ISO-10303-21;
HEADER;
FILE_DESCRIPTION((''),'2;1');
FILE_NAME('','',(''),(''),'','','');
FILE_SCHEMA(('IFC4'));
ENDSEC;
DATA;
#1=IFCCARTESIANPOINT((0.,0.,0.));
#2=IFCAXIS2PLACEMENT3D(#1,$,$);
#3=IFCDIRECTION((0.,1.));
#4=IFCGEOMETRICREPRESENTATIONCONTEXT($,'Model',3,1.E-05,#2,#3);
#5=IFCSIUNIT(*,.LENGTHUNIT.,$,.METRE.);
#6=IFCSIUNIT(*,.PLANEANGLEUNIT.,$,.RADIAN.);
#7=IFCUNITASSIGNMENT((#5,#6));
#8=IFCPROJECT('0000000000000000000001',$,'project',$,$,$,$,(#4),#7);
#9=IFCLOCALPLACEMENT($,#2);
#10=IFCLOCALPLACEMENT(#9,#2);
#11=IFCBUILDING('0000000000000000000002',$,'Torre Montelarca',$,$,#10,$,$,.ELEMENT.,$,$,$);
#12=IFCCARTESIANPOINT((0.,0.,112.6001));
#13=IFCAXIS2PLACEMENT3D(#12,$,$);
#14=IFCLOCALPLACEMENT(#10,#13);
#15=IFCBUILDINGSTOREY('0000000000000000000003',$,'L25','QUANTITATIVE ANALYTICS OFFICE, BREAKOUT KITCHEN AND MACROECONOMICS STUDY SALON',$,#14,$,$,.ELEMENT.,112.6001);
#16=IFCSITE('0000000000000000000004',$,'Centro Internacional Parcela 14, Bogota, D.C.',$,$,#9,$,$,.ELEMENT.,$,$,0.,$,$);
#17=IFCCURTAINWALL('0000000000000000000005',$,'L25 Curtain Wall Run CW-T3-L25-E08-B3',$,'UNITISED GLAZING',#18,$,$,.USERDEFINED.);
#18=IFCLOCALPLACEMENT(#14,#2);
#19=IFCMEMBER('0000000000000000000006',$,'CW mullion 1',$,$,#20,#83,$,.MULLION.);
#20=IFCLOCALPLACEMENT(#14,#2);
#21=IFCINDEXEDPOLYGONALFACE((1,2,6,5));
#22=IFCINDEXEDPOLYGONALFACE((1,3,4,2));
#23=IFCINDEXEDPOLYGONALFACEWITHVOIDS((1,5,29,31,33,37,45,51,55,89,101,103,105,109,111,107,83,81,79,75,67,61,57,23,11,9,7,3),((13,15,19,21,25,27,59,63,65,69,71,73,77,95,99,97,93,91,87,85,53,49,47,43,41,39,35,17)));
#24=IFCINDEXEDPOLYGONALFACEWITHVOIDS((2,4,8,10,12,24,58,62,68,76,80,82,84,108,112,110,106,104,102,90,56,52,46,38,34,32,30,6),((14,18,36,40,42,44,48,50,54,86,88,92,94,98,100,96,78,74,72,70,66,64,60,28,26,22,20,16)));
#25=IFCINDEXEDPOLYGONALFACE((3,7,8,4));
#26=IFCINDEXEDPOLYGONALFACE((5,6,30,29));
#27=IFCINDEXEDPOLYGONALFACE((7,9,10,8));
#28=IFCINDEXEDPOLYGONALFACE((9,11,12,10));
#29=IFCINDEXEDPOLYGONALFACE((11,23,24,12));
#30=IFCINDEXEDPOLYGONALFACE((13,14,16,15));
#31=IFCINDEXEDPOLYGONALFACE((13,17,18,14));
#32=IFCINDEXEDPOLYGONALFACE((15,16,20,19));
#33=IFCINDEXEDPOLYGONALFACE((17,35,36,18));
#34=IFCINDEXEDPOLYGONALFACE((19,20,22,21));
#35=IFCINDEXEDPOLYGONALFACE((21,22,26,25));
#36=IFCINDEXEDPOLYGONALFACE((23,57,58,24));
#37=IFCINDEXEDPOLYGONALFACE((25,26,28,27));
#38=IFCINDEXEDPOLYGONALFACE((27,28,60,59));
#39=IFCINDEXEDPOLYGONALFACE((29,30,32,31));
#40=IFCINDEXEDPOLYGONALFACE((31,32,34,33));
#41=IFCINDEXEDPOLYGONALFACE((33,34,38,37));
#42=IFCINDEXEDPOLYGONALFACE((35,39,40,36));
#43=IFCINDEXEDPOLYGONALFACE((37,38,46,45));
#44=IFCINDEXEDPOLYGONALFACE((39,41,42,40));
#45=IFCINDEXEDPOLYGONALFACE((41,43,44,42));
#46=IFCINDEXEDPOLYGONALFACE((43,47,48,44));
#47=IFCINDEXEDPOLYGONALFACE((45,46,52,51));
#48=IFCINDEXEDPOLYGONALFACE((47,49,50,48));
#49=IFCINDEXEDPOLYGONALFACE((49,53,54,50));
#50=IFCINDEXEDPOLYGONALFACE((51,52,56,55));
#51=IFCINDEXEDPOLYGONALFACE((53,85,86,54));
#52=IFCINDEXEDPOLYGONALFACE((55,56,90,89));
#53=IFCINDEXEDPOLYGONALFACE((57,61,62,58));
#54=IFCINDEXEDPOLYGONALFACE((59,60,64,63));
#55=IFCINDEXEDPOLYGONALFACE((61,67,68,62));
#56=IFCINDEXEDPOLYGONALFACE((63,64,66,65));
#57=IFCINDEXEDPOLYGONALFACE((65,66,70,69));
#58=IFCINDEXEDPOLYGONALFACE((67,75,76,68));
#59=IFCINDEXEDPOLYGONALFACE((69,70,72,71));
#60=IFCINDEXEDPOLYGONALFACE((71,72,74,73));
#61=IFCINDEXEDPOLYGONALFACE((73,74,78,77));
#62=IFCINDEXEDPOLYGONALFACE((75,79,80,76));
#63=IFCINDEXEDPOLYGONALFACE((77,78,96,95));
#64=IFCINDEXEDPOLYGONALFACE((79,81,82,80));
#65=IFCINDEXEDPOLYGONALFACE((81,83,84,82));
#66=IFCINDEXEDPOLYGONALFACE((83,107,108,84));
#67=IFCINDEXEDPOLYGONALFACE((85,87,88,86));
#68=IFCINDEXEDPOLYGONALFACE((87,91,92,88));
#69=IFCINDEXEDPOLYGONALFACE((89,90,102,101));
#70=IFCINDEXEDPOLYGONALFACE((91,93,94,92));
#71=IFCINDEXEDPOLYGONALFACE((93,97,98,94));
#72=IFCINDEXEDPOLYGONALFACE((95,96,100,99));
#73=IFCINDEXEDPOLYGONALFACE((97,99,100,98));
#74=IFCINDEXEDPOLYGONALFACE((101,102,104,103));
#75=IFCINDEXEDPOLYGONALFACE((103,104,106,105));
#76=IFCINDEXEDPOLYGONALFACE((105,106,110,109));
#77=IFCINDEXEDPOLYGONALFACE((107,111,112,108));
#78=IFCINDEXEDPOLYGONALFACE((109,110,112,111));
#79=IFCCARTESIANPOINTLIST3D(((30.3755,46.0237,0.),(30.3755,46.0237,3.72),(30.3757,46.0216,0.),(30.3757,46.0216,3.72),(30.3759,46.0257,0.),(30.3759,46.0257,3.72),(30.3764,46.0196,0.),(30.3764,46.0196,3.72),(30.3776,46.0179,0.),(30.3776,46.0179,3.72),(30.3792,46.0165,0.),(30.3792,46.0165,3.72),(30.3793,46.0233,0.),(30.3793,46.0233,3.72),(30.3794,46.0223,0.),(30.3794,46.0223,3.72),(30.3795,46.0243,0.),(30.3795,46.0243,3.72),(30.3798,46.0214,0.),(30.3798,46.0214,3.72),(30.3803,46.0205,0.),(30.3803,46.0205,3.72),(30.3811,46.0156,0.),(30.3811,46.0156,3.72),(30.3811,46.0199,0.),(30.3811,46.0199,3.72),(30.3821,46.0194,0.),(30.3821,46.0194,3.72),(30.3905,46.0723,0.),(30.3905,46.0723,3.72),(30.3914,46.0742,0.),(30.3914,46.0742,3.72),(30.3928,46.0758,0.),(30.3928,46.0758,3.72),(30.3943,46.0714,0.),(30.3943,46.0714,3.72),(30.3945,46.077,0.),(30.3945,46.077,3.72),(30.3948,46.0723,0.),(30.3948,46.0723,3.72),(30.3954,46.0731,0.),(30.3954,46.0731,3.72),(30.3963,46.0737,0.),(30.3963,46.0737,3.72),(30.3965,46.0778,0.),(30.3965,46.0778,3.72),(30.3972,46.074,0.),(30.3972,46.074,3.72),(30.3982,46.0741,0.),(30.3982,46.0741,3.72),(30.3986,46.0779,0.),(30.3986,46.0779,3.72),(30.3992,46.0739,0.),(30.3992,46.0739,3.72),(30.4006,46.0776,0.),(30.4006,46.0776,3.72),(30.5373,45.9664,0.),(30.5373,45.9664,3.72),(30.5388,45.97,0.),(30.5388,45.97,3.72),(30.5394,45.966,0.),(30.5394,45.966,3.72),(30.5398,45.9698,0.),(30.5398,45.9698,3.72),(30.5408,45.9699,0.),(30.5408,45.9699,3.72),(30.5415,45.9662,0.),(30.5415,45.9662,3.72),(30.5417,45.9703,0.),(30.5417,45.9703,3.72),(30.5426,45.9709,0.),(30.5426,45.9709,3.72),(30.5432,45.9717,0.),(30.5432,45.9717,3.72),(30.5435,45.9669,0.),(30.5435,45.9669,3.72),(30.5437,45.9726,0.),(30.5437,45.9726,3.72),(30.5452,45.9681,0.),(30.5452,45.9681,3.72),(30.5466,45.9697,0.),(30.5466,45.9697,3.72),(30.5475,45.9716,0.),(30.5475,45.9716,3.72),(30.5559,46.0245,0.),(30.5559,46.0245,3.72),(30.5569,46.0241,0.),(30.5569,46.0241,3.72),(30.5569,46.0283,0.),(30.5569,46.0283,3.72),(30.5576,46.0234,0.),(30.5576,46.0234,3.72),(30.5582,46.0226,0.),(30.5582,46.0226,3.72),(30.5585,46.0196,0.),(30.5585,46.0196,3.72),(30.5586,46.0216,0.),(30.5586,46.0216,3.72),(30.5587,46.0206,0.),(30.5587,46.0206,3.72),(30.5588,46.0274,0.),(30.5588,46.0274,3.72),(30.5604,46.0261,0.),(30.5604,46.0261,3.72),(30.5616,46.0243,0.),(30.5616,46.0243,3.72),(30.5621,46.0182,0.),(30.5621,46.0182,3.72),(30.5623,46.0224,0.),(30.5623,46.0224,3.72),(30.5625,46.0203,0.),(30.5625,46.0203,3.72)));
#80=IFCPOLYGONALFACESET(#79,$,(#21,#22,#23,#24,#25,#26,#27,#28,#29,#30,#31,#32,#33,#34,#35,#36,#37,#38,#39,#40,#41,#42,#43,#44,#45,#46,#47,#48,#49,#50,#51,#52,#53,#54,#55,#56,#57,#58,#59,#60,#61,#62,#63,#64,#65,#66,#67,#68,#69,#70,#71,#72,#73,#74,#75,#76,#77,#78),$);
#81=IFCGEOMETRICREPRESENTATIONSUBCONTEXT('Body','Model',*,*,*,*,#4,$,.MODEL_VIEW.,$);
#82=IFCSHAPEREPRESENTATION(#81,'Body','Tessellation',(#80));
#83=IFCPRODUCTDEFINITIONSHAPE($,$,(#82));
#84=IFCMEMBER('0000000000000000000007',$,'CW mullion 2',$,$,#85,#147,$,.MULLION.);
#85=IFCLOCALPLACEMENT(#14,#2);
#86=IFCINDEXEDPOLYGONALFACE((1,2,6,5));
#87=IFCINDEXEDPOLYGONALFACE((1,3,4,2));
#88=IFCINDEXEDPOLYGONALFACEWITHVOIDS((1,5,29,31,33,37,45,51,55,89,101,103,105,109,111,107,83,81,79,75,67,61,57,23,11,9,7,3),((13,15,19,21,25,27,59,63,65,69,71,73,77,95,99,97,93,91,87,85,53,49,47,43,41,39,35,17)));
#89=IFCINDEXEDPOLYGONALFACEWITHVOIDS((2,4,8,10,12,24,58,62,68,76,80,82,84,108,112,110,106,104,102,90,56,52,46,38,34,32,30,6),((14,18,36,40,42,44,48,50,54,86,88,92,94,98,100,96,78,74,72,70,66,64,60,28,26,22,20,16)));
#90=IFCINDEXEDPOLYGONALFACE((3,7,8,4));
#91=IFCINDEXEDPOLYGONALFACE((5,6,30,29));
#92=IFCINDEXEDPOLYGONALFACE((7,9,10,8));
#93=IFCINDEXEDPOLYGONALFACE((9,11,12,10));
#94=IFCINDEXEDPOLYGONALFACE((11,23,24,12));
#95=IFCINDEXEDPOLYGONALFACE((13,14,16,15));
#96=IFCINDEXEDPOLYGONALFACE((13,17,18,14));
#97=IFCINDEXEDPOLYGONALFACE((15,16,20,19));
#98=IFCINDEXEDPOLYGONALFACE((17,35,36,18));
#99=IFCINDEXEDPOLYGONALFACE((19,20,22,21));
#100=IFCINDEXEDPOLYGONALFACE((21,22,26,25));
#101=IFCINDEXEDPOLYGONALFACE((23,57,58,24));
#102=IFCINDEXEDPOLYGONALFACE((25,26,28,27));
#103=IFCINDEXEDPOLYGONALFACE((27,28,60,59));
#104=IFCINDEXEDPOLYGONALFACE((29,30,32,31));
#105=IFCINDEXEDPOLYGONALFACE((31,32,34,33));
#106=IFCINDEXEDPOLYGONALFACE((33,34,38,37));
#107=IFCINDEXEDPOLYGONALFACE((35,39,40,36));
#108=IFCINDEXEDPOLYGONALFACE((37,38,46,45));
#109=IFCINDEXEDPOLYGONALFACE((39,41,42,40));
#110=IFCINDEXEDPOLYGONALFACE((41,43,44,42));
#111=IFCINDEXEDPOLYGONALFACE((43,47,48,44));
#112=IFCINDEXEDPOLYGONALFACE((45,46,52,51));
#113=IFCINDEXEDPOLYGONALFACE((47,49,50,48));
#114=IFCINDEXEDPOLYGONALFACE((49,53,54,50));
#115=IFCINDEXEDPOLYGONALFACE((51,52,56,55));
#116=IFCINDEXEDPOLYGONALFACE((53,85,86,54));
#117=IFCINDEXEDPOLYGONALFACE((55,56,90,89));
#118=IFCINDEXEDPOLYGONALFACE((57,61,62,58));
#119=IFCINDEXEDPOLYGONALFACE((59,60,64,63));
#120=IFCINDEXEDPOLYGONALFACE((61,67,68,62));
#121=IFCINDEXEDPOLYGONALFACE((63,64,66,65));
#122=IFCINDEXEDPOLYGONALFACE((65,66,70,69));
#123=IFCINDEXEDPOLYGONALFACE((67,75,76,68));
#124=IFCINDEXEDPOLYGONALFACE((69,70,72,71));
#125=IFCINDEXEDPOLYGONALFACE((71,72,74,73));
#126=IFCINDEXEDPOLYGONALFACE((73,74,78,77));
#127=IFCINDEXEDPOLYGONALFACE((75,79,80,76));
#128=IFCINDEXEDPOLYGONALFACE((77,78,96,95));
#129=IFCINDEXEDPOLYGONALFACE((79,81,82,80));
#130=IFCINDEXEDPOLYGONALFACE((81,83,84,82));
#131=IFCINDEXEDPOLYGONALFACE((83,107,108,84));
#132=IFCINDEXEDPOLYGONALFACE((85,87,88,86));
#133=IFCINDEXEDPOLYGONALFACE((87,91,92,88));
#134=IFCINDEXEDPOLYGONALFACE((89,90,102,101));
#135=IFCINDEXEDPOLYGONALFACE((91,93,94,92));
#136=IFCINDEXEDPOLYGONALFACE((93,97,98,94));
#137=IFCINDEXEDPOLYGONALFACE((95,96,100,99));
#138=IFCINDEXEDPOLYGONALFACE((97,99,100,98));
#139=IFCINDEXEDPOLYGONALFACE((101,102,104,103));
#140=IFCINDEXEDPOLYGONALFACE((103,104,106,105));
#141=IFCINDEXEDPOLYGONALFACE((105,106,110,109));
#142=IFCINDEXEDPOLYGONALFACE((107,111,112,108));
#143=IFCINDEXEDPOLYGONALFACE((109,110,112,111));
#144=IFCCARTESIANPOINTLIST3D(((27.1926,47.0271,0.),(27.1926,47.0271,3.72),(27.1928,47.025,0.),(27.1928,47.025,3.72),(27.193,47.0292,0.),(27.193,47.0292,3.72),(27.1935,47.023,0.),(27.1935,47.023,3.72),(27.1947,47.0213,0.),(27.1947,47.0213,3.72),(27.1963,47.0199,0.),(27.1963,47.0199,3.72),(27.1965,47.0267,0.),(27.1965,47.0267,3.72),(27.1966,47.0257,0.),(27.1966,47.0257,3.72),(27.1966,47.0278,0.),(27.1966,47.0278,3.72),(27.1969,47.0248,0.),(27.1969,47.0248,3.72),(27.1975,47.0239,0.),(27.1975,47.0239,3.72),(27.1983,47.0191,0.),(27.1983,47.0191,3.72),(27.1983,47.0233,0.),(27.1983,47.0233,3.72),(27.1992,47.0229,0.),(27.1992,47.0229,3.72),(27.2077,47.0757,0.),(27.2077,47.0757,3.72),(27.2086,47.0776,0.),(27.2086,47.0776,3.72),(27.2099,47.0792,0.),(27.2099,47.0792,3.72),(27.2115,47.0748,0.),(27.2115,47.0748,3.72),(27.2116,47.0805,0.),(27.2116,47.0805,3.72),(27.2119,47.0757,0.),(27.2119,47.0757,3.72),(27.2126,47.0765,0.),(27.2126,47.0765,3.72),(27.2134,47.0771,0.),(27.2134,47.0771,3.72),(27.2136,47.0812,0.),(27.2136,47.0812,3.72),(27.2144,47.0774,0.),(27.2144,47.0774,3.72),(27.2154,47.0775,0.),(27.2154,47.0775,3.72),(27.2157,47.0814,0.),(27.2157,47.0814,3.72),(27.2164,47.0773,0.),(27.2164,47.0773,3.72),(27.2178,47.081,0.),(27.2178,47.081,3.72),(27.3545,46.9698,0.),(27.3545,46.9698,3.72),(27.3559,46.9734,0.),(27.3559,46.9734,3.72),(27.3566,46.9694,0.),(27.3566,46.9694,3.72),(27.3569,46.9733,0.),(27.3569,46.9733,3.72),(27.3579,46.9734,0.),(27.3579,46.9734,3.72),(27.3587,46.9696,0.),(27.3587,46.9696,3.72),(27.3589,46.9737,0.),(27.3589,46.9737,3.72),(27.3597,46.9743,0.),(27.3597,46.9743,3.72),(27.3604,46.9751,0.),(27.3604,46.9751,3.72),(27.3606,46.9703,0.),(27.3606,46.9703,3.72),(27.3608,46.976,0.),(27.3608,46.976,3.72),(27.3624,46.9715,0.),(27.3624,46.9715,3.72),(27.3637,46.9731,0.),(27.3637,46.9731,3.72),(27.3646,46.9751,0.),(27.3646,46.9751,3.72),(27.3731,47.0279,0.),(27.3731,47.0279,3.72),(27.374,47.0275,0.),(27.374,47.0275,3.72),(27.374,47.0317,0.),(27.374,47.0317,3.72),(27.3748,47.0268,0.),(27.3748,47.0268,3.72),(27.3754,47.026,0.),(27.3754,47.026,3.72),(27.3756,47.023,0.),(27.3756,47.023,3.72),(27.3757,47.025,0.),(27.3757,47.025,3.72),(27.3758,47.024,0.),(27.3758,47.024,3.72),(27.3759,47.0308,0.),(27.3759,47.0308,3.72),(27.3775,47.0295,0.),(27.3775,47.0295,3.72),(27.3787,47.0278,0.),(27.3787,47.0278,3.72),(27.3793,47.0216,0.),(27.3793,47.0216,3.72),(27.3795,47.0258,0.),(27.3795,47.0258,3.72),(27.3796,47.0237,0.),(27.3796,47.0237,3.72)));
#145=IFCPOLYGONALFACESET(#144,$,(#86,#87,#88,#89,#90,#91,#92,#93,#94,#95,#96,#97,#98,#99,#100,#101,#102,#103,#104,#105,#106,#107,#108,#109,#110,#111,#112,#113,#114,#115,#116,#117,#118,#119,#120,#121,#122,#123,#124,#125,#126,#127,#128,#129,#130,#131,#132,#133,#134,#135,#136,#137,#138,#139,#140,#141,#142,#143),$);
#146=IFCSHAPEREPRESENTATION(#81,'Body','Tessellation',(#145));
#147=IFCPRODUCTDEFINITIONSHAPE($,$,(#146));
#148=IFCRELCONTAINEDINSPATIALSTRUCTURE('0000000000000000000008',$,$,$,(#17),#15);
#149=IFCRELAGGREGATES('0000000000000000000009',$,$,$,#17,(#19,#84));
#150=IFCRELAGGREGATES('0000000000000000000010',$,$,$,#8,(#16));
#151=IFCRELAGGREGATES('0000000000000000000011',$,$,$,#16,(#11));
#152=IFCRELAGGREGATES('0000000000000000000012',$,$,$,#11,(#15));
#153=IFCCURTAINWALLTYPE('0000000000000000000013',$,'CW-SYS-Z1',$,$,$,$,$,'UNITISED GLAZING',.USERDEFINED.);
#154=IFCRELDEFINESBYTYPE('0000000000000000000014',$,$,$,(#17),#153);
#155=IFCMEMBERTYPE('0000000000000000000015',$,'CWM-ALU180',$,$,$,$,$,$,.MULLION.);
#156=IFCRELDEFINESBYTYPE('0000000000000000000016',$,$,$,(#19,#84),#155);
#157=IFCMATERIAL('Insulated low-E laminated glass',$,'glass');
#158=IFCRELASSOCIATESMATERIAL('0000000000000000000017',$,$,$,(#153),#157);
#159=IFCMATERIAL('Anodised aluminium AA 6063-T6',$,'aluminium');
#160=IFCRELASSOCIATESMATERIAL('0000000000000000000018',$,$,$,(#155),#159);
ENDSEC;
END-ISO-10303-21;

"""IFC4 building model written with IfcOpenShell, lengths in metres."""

from ifc_helpers import new_model, si_unit, direction, frame, origin, origin_2d, place, context, subcontext, project, spatial, hollow_rectangle, extrude, source, transform, mapped, material, material_profile, profile_set, type_object, element, aggregate, save


model = new_model("IFC4")

# Units and contexts
model_context = context("Model", 3, precision=1e-05, world=origin(), true_north=direction((0.0, 1.0)))
body_context = subcontext(model_context, "Body", "Model", "MODEL_VIEW")
ifc_project = project(units=[si_unit("LENGTHUNIT", "METRE"), si_unit("PLANEANGLEUNIT", "RADIAN")], contexts=[model_context])

# Site, building, storey
site_placement = place(None, origin())
site = spatial("IfcSite", under=ifc_project, at=site_placement, Name="Centro Internacional Parcela 14, Bogota, D.C.", CompositionType="ELEMENT", RefElevation=0.0)
building_placement = place(site_placement, origin())
building = spatial("IfcBuilding", under=site, at=building_placement, Name="Torre Montelarca", CompositionType="ELEMENT")
storey_placement = place(building_placement, frame((0.0, 0.0, 112.6001)))
storey = spatial("IfcBuildingStorey", under=building, at=storey_placement, Name="L25", Description="QUANTITATIVE ANALYTICS OFFICE, BREAKOUT KITCHEN AND MACROECONOMICS STUDY SALON", CompositionType="ELEMENT", Elevation=112.6001)

# Curtain wall
ifc_material_1 = material(Name="Insulated low-E laminated glass", Category="glass")
curtain_wall_type = type_object("IfcCurtainWallType", Name="CW-SYS-Z1", ElementType="UNITISED GLAZING", PredefinedType="USERDEFINED", material=ifc_material_1)
curtain_wall_1_placement = place(storey_placement, origin())
curtain_wall_1 = element("IfcCurtainWall", 1, at=curtain_wall_1_placement, inside=storey, type_object=curtain_wall_type, Name="L25 Curtain Wall Run CW-T3-L25-E08-B3", ObjectType="UNITISED GLAZING", PredefinedType="USERDEFINED")
ifc_material_2 = material(Name="Anodised aluminium AA 6063-T6", Category="aluminium")

# Shared definitions
ifc_material_profile_1 = material_profile(ifc_material_2, hollow_rectangle(XDim=0.0649, YDim=0.1799, WallThickness=0.0039, InnerFilletRadius=0.0039, OuterFilletRadius=0.0081, at=origin_2d()), Name="ALU65X180X4", Category="aluminium")
ifc_profile_set_1 = profile_set([ifc_material_profile_1], Name="Anodised aluminium AA 6063-T6")
member_type_1 = type_object("IfcMemberType", Name="CWM-ALU180", PredefinedType="MULLION", material=ifc_profile_set_1)
shared_shape_1 = source(origin(), body_context, "Body", "SweptSolid", [
    extrude(hollow_rectangle(XDim=0.0649, YDim=0.1799, WallThickness=0.0039, InnerFilletRadius=0.0039, OuterFilletRadius=0.0081, at=origin_2d()), origin(), (0.0, 0.0, 1.0), 3.72),
])

# Members
member_1_placement = place(storey_placement, frame((30.469, 46.022, 0.0), z_axis=(0.0, 0.0, 1.0), x_axis=(-0.30071, -0.953716, 0.0)))
member_1 = element("IfcMember", 2, at=member_1_placement, type_object=member_type_1, Name="CW mullion 1", PredefinedType="MULLION", context=body_context, shape_type="MappedRepresentation", body=[
    mapped(shared_shape_1, transform((0.0, 0.0, 0.0), scale=1.0)),
])
member_2_placement = place(storey_placement, frame((27.2861, 47.0254, 0.0), z_axis=(0.0, 0.0, 1.0), x_axis=(-0.30071, -0.953716, 0.0)))
member_2 = element("IfcMember", 3, at=member_2_placement, type_object=member_type_1, Name="CW mullion 2", PredefinedType="MULLION", context=body_context, shape_type="MappedRepresentation", body=[
    mapped(shared_shape_1, transform((0.0, 0.0, 0.0), scale=1.0)),
])

aggregate(curtain_wall_1, [member_1, member_2])

save(model, "model.ifc")
